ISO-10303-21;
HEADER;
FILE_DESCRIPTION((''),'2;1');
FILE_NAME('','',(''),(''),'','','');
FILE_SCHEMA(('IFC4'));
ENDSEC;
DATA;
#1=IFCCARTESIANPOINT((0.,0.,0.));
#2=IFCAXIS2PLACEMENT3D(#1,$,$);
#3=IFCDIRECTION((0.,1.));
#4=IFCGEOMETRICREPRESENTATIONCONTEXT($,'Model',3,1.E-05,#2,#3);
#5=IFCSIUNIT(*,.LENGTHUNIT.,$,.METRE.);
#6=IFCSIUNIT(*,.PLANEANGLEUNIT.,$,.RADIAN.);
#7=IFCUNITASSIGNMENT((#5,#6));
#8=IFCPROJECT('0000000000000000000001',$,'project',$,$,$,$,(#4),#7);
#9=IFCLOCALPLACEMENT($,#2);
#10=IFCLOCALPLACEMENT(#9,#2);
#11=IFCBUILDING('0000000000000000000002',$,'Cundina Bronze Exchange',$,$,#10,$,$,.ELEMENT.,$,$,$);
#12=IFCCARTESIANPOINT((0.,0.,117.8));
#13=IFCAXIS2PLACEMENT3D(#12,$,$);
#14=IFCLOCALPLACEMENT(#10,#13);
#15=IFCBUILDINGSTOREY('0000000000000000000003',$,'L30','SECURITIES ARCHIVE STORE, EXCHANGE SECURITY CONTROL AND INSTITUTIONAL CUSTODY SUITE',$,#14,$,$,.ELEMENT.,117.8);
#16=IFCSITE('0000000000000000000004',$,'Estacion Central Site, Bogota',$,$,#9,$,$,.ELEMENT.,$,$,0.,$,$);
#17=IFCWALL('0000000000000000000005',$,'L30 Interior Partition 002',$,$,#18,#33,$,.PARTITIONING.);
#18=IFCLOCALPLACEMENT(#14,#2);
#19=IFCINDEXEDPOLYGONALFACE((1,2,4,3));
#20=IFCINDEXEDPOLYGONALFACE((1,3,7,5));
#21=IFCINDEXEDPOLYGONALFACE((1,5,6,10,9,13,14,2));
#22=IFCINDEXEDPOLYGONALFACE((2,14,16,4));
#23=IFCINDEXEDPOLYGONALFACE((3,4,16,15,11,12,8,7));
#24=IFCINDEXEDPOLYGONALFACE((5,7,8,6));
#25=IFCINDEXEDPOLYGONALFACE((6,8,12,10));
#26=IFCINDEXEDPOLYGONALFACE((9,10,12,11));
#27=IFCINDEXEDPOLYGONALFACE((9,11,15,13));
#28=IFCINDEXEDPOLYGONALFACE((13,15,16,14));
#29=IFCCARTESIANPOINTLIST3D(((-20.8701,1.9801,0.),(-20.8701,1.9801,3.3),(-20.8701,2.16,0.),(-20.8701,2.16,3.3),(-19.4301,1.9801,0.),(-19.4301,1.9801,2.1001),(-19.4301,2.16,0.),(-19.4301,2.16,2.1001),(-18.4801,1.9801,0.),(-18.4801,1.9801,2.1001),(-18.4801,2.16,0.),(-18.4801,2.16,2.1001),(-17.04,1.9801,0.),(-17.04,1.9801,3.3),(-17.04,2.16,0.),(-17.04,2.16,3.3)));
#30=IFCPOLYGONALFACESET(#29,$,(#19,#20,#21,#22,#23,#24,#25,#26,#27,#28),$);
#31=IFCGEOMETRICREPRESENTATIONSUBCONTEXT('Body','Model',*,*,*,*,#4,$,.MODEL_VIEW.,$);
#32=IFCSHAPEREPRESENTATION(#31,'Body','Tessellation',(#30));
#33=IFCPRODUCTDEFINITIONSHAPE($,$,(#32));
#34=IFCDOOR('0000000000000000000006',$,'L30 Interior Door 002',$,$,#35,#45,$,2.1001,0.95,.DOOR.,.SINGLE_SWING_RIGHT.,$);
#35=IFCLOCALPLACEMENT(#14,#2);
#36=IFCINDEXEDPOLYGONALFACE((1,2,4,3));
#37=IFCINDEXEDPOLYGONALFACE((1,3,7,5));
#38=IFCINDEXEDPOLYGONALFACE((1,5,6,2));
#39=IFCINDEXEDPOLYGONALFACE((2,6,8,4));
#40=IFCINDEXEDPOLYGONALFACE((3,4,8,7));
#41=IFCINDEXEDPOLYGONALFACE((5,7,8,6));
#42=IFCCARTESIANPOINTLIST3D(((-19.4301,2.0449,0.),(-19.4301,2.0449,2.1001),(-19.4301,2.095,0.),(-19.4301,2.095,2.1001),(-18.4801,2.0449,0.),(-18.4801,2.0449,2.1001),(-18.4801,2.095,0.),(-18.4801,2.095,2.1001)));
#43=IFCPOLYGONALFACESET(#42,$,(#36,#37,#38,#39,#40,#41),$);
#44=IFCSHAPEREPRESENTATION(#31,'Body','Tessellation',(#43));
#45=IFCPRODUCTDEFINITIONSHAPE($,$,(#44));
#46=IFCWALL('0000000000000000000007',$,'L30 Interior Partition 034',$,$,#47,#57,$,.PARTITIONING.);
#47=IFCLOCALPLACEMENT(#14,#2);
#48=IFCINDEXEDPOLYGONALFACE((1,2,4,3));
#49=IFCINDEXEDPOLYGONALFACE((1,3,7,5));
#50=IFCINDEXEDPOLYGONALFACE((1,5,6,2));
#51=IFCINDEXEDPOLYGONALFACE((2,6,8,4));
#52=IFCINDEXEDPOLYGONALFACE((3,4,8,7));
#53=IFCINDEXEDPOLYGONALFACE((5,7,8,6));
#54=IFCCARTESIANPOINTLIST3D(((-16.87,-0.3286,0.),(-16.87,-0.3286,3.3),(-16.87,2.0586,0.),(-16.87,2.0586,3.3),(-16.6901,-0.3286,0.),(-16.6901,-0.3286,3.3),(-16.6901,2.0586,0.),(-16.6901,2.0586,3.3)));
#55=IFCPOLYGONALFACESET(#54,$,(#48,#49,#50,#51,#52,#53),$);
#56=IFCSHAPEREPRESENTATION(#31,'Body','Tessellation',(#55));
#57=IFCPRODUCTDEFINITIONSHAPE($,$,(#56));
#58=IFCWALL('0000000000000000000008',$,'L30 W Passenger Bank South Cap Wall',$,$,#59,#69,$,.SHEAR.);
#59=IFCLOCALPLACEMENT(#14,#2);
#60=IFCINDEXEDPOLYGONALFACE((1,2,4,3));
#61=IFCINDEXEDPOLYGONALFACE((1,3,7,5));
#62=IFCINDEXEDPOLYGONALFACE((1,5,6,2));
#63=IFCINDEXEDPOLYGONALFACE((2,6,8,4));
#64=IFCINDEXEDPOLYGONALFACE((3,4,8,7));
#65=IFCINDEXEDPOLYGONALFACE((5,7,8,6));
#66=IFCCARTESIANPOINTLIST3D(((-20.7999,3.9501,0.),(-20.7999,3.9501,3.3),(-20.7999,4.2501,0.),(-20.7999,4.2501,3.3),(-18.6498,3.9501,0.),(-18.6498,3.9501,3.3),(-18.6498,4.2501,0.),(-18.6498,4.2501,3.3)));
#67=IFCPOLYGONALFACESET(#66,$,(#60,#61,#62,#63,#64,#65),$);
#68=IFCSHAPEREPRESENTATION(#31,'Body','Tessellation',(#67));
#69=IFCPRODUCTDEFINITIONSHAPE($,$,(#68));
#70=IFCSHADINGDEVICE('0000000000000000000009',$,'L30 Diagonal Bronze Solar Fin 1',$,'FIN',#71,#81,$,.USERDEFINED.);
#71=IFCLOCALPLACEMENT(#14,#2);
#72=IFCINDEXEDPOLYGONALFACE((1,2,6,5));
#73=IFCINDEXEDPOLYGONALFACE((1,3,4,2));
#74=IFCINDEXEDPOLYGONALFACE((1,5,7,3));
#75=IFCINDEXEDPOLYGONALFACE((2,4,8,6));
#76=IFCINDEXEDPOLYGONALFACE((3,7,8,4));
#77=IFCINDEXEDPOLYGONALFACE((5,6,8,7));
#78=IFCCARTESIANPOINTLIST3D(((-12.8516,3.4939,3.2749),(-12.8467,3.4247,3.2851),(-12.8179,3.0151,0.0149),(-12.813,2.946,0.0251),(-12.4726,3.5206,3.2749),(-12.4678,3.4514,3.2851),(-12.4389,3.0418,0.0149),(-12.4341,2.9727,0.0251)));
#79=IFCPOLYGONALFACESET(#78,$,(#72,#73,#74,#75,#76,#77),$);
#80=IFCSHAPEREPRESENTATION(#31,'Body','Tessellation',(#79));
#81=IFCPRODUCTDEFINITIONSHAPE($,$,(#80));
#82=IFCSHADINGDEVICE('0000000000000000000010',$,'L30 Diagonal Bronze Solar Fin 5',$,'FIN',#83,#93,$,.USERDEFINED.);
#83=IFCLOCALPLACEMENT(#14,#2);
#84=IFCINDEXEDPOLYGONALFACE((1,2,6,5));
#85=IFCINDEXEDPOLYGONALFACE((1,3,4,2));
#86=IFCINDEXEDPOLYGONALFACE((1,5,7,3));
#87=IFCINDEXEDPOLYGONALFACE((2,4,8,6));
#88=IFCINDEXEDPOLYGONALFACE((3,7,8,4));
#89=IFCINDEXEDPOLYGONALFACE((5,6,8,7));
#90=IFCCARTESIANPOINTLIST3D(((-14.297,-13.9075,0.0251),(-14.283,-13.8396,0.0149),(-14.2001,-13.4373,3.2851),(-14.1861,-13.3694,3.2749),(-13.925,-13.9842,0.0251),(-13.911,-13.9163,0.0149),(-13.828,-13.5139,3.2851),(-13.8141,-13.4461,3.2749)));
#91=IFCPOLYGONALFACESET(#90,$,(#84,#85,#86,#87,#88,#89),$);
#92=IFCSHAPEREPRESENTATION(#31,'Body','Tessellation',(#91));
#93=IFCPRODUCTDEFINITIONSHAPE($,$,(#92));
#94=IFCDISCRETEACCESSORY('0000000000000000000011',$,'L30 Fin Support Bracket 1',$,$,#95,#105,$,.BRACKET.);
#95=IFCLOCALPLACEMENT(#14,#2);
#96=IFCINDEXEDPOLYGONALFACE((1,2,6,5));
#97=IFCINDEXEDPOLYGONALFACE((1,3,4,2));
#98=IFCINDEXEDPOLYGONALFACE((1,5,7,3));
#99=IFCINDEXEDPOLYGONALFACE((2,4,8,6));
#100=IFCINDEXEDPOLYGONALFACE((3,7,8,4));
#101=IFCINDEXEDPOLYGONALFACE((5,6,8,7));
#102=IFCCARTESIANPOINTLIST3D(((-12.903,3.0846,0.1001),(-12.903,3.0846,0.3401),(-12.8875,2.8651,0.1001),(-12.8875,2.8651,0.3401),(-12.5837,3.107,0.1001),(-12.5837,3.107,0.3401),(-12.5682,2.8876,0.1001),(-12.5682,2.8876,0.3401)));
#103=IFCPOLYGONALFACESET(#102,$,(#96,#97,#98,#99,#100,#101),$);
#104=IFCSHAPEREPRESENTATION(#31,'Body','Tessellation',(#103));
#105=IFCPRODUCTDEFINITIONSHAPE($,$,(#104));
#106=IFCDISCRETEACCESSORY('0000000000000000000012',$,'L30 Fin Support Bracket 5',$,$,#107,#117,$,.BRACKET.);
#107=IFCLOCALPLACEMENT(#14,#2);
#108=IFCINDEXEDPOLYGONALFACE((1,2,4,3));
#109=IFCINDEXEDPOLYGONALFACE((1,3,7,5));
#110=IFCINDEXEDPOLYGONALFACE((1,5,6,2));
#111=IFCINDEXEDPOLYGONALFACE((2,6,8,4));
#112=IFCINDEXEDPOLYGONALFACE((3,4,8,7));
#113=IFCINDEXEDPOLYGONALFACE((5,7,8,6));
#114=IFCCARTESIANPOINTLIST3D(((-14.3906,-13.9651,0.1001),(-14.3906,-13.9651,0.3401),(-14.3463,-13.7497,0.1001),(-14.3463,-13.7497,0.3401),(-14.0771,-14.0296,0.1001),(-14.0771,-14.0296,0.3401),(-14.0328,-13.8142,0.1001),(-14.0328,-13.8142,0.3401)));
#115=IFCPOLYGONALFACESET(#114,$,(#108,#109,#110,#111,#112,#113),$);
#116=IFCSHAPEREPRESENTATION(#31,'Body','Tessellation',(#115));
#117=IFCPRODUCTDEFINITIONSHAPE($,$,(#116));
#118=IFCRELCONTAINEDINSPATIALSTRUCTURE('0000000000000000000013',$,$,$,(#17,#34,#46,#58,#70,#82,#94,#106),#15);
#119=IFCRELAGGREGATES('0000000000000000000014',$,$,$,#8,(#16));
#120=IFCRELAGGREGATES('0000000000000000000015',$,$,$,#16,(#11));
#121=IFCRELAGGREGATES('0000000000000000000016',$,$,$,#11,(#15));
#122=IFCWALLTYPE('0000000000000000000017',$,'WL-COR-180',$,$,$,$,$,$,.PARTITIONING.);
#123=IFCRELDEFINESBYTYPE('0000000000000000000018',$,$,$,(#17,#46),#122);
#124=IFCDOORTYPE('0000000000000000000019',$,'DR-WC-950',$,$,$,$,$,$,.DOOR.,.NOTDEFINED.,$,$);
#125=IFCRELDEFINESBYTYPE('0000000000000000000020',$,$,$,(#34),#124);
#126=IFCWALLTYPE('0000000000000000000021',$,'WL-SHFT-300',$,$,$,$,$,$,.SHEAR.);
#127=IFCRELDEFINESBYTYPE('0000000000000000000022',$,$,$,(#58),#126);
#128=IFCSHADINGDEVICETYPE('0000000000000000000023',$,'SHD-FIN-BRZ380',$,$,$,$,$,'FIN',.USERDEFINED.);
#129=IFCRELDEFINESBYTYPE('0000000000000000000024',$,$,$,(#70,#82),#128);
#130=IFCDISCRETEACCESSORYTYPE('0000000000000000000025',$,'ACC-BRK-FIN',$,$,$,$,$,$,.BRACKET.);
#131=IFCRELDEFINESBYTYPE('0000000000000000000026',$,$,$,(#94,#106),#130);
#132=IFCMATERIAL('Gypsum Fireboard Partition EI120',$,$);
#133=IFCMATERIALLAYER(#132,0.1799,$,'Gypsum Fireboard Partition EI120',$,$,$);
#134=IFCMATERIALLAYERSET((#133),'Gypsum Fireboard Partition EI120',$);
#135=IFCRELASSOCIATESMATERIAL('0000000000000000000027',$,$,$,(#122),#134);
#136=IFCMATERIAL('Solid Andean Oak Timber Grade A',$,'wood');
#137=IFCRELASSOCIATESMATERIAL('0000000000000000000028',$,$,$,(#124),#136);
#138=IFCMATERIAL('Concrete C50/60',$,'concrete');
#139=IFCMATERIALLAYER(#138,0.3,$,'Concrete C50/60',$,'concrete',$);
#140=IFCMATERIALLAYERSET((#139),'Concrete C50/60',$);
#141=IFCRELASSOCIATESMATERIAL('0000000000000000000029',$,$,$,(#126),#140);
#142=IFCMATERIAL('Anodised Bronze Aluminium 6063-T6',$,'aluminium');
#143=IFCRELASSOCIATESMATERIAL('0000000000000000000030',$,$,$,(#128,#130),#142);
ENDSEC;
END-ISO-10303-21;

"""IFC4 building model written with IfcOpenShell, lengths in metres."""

from ifc_helpers import new_model, si_unit, direction, frame, frame_2d, origin, origin_2d, place, context, subcontext, project, spatial, rectangle, extrude, material, layer, layer_set, material_profile, profile_set, type_object, element, fill, save


model = new_model("IFC4")

# Units and contexts
model_context = context("Model", 3, precision=1e-05, world=origin(), true_north=direction((0.0, 1.0)))
body_context = subcontext(model_context, "Body", "Model", "MODEL_VIEW")
ifc_project = project(units=[si_unit("LENGTHUNIT", "METRE"), si_unit("PLANEANGLEUNIT", "RADIAN")], contexts=[model_context])

# Site, building, storey
site_placement = place(None, origin())
site = spatial("IfcSite", under=ifc_project, at=site_placement, Name="Estacion Central Site, Bogota", CompositionType="ELEMENT", RefElevation=0.0)
building_placement = place(site_placement, origin())
building = spatial("IfcBuilding", under=site, at=building_placement, Name="Cundina Bronze Exchange", CompositionType="ELEMENT")
storey_placement = place(building_placement, frame((0.0, 0.0, 117.8)))
storey = spatial("IfcBuildingStorey", under=building, at=storey_placement, Name="L30", Description="SECURITIES ARCHIVE STORE, EXCHANGE SECURITY CONTROL AND INSTITUTIONAL CUSTODY SUITE", CompositionType="ELEMENT", Elevation=117.8)

# Shared definitions
ifc_material_1 = material(Name="Anodised Bronze Aluminium 6063-T6", Category="aluminium")

# Shared definitions
ifc_material_2 = material(Name="Concrete C50/60", Category="concrete")

# Shared definitions
ifc_material_3 = material(Name="Gypsum Fireboard Partition EI120")
ifc_layer_1 = layer(ifc_material_3, 0.1799, Name="Gypsum Fireboard Partition EI120")
ifc_layer_set_1 = layer_set([ifc_layer_1], Name="Gypsum Fireboard Partition EI120")
wall_type_1 = type_object("IfcWallType", Name="WL-COR-180", PredefinedType="PARTITIONING", material=ifc_layer_set_1)

# Wall, opening, door
wall_1_placement = place(storey_placement, frame((-20.8701, 2.0701, 0.0), z_axis=(0.0, 0.0, 1.0), x_axis=(1.0, 0.0, 0.0)))
wall_1 = element("IfcWall", 1, at=wall_1_placement, inside=storey, type_object=wall_type_1, Name="L30 Interior Partition 002", PredefinedType="PARTITIONING", context=body_context, shape_type="SweptSolid", body=[
    extrude(rectangle(XDim=3.8301, YDim=0.1799, at=frame_2d((1.915, 0.0))), origin(), (0.0, 0.0, 1.0), 3.3),
])
opening_placement = place(wall_1_placement, frame((1.4399, 0.0, 0.0)))
opening = element("IfcOpeningElement", 2, at=opening_placement, cuts=wall_1, PredefinedType="OPENING", context=body_context, shape_type="SweptSolid", body=[
    extrude(rectangle(XDim=0.95, YDim=2.1001, at=frame_2d((0.4751, 1.05))), frame((0.0, 0.0999, 0.0), z_axis=(0.0, -1.0, 0.0), x_axis=(1.0, 0.0, 0.0)), (0.0, 0.0, 1.0), 0.2),
])
ifc_material_4 = material(Name="Solid Andean Oak Timber Grade A", Category="wood")
door_type = type_object("IfcDoorType", Name="DR-WC-950", OperationType="NOTDEFINED", PredefinedType="DOOR", material=ifc_material_4)
door_placement = place(opening_placement, origin())
door = element("IfcDoor", 3, at=door_placement, inside=storey, type_object=door_type, Name="L30 Interior Door 002", OperationType="SINGLE_SWING_RIGHT", OverallHeight=2.1001, OverallWidth=0.95, PredefinedType="DOOR", context=body_context, shape_type="SweptSolid", body=[
    extrude(rectangle(XDim=0.95, YDim=2.1001, at=frame_2d((0.4751, 1.05))), frame((0.0, 0.0249, 0.0), z_axis=(0.0, -1.0, 0.0), x_axis=(1.0, 0.0, 0.0)), (0.0, 0.0, 1.0), 0.05),
])
fill(opening, door)

# Walls
wall_2_placement = place(storey_placement, frame((-16.78, -0.3286, 0.0), z_axis=(0.0, 0.0, 1.0), x_axis=(0.0, 1.0, 0.0)))
element("IfcWall", 4, at=wall_2_placement, inside=storey, type_object=wall_type_1, Name="L30 Interior Partition 034", PredefinedType="PARTITIONING", context=body_context, shape_type="SweptSolid", body=[
    extrude(rectangle(XDim=2.3872, YDim=0.1799, at=frame_2d((1.1936, 0.0))), origin(), (0.0, 0.0, 1.0), 3.3),
])
ifc_layer_2 = layer(ifc_material_2, 0.3, Name="Concrete C50/60", Category="concrete")
ifc_layer_set_2 = layer_set([ifc_layer_2], Name="Concrete C50/60")
wall_type_2 = type_object("IfcWallType", Name="WL-SHFT-300", PredefinedType="SHEAR", material=ifc_layer_set_2)
wall_3_placement = place(storey_placement, frame((-20.8, 4.1001, 0.0), z_axis=(0.0, 0.0, 1.0), x_axis=(1.0, 0.0, 0.0)))
element("IfcWall", 5, at=wall_3_placement, inside=storey, type_object=wall_type_2, Name="L30 W Passenger Bank South Cap Wall", PredefinedType="SHEAR", context=body_context, shape_type="SweptSolid", body=[
    extrude(rectangle(XDim=2.1501, YDim=0.3, at=frame_2d((1.0752, 0.0))), origin(), (0.0, 0.0, 1.0), 3.3),
])

# Shading devices
ifc_material_profile_1 = material_profile(ifc_material_1, rectangle(XDim=0.0701, YDim=0.3799, at=origin_2d()), Name="FIN70X380", Category="aluminium")
ifc_profile_set_1 = profile_set([ifc_material_profile_1], Name="Anodised Bronze Aluminium 6063-T6")
shading_device_type = type_object("IfcShadingDeviceType", Name="SHD-FIN-BRZ380", ElementType="FIN", PredefinedType="USERDEFINED", material=ifc_profile_set_1)
for number, where, z_axis, x_axis, name in (
    (6, (-12.626, 2.9939, 0.02), (-0.010225, 0.145292, 0.989336), (0.06945, -0.986895, 0.145652), "L30 Diagonal Bronze Solar Fin 1"),
    (7, (-14.104, -13.9119, 0.02), (0.029414, 0.142698, 0.989329), (-0.199728, -0.968959, 0.145698), "L30 Diagonal Bronze Solar Fin 5"),
):
    element("IfcShadingDevice", number, at=place(storey_placement, frame(where, z_axis=z_axis, x_axis=x_axis)), inside=storey, type_object=shading_device_type, Name=name, ObjectType="FIN", PredefinedType="USERDEFINED", context=body_context, shape_type="SweptSolid", body=[
        extrude(rectangle(XDim=0.0701, YDim=0.3799, at=origin_2d()), origin(), (0.0, 0.0, 1.0), 3.2952),
    ])

# Discrete accessories
discrete_accessory_type = type_object("IfcDiscreteAccessoryType", Name="ACC-BRK-FIN", PredefinedType="BRACKET", material=ifc_material_1)
for number, where, z_axis, x_axis, name in (
    (8, (-12.7356, 2.9861, 0.1001), (0.0, 0.0, 1.0), (-0.070279, 0.997527, 0.0), "L30 Fin Support Bracket 1"),
    (9, (-14.2117, -13.8896, 0.1001), (0.0, 0.0, 1.0), (0.20142, 0.979505, 0.0), "L30 Fin Support Bracket 5"),
):
    element("IfcDiscreteAccessory", number, at=place(storey_placement, frame(where, z_axis=z_axis, x_axis=x_axis)), inside=storey, type_object=discrete_accessory_type, Name=name, PredefinedType="BRACKET", context=body_context, shape_type="SweptSolid", body=[
        extrude(rectangle(XDim=0.22, YDim=0.3201, at=origin_2d()), origin(), (0.0, 0.0, 1.0), 0.24),
    ])

save(model, "model.ifc")
